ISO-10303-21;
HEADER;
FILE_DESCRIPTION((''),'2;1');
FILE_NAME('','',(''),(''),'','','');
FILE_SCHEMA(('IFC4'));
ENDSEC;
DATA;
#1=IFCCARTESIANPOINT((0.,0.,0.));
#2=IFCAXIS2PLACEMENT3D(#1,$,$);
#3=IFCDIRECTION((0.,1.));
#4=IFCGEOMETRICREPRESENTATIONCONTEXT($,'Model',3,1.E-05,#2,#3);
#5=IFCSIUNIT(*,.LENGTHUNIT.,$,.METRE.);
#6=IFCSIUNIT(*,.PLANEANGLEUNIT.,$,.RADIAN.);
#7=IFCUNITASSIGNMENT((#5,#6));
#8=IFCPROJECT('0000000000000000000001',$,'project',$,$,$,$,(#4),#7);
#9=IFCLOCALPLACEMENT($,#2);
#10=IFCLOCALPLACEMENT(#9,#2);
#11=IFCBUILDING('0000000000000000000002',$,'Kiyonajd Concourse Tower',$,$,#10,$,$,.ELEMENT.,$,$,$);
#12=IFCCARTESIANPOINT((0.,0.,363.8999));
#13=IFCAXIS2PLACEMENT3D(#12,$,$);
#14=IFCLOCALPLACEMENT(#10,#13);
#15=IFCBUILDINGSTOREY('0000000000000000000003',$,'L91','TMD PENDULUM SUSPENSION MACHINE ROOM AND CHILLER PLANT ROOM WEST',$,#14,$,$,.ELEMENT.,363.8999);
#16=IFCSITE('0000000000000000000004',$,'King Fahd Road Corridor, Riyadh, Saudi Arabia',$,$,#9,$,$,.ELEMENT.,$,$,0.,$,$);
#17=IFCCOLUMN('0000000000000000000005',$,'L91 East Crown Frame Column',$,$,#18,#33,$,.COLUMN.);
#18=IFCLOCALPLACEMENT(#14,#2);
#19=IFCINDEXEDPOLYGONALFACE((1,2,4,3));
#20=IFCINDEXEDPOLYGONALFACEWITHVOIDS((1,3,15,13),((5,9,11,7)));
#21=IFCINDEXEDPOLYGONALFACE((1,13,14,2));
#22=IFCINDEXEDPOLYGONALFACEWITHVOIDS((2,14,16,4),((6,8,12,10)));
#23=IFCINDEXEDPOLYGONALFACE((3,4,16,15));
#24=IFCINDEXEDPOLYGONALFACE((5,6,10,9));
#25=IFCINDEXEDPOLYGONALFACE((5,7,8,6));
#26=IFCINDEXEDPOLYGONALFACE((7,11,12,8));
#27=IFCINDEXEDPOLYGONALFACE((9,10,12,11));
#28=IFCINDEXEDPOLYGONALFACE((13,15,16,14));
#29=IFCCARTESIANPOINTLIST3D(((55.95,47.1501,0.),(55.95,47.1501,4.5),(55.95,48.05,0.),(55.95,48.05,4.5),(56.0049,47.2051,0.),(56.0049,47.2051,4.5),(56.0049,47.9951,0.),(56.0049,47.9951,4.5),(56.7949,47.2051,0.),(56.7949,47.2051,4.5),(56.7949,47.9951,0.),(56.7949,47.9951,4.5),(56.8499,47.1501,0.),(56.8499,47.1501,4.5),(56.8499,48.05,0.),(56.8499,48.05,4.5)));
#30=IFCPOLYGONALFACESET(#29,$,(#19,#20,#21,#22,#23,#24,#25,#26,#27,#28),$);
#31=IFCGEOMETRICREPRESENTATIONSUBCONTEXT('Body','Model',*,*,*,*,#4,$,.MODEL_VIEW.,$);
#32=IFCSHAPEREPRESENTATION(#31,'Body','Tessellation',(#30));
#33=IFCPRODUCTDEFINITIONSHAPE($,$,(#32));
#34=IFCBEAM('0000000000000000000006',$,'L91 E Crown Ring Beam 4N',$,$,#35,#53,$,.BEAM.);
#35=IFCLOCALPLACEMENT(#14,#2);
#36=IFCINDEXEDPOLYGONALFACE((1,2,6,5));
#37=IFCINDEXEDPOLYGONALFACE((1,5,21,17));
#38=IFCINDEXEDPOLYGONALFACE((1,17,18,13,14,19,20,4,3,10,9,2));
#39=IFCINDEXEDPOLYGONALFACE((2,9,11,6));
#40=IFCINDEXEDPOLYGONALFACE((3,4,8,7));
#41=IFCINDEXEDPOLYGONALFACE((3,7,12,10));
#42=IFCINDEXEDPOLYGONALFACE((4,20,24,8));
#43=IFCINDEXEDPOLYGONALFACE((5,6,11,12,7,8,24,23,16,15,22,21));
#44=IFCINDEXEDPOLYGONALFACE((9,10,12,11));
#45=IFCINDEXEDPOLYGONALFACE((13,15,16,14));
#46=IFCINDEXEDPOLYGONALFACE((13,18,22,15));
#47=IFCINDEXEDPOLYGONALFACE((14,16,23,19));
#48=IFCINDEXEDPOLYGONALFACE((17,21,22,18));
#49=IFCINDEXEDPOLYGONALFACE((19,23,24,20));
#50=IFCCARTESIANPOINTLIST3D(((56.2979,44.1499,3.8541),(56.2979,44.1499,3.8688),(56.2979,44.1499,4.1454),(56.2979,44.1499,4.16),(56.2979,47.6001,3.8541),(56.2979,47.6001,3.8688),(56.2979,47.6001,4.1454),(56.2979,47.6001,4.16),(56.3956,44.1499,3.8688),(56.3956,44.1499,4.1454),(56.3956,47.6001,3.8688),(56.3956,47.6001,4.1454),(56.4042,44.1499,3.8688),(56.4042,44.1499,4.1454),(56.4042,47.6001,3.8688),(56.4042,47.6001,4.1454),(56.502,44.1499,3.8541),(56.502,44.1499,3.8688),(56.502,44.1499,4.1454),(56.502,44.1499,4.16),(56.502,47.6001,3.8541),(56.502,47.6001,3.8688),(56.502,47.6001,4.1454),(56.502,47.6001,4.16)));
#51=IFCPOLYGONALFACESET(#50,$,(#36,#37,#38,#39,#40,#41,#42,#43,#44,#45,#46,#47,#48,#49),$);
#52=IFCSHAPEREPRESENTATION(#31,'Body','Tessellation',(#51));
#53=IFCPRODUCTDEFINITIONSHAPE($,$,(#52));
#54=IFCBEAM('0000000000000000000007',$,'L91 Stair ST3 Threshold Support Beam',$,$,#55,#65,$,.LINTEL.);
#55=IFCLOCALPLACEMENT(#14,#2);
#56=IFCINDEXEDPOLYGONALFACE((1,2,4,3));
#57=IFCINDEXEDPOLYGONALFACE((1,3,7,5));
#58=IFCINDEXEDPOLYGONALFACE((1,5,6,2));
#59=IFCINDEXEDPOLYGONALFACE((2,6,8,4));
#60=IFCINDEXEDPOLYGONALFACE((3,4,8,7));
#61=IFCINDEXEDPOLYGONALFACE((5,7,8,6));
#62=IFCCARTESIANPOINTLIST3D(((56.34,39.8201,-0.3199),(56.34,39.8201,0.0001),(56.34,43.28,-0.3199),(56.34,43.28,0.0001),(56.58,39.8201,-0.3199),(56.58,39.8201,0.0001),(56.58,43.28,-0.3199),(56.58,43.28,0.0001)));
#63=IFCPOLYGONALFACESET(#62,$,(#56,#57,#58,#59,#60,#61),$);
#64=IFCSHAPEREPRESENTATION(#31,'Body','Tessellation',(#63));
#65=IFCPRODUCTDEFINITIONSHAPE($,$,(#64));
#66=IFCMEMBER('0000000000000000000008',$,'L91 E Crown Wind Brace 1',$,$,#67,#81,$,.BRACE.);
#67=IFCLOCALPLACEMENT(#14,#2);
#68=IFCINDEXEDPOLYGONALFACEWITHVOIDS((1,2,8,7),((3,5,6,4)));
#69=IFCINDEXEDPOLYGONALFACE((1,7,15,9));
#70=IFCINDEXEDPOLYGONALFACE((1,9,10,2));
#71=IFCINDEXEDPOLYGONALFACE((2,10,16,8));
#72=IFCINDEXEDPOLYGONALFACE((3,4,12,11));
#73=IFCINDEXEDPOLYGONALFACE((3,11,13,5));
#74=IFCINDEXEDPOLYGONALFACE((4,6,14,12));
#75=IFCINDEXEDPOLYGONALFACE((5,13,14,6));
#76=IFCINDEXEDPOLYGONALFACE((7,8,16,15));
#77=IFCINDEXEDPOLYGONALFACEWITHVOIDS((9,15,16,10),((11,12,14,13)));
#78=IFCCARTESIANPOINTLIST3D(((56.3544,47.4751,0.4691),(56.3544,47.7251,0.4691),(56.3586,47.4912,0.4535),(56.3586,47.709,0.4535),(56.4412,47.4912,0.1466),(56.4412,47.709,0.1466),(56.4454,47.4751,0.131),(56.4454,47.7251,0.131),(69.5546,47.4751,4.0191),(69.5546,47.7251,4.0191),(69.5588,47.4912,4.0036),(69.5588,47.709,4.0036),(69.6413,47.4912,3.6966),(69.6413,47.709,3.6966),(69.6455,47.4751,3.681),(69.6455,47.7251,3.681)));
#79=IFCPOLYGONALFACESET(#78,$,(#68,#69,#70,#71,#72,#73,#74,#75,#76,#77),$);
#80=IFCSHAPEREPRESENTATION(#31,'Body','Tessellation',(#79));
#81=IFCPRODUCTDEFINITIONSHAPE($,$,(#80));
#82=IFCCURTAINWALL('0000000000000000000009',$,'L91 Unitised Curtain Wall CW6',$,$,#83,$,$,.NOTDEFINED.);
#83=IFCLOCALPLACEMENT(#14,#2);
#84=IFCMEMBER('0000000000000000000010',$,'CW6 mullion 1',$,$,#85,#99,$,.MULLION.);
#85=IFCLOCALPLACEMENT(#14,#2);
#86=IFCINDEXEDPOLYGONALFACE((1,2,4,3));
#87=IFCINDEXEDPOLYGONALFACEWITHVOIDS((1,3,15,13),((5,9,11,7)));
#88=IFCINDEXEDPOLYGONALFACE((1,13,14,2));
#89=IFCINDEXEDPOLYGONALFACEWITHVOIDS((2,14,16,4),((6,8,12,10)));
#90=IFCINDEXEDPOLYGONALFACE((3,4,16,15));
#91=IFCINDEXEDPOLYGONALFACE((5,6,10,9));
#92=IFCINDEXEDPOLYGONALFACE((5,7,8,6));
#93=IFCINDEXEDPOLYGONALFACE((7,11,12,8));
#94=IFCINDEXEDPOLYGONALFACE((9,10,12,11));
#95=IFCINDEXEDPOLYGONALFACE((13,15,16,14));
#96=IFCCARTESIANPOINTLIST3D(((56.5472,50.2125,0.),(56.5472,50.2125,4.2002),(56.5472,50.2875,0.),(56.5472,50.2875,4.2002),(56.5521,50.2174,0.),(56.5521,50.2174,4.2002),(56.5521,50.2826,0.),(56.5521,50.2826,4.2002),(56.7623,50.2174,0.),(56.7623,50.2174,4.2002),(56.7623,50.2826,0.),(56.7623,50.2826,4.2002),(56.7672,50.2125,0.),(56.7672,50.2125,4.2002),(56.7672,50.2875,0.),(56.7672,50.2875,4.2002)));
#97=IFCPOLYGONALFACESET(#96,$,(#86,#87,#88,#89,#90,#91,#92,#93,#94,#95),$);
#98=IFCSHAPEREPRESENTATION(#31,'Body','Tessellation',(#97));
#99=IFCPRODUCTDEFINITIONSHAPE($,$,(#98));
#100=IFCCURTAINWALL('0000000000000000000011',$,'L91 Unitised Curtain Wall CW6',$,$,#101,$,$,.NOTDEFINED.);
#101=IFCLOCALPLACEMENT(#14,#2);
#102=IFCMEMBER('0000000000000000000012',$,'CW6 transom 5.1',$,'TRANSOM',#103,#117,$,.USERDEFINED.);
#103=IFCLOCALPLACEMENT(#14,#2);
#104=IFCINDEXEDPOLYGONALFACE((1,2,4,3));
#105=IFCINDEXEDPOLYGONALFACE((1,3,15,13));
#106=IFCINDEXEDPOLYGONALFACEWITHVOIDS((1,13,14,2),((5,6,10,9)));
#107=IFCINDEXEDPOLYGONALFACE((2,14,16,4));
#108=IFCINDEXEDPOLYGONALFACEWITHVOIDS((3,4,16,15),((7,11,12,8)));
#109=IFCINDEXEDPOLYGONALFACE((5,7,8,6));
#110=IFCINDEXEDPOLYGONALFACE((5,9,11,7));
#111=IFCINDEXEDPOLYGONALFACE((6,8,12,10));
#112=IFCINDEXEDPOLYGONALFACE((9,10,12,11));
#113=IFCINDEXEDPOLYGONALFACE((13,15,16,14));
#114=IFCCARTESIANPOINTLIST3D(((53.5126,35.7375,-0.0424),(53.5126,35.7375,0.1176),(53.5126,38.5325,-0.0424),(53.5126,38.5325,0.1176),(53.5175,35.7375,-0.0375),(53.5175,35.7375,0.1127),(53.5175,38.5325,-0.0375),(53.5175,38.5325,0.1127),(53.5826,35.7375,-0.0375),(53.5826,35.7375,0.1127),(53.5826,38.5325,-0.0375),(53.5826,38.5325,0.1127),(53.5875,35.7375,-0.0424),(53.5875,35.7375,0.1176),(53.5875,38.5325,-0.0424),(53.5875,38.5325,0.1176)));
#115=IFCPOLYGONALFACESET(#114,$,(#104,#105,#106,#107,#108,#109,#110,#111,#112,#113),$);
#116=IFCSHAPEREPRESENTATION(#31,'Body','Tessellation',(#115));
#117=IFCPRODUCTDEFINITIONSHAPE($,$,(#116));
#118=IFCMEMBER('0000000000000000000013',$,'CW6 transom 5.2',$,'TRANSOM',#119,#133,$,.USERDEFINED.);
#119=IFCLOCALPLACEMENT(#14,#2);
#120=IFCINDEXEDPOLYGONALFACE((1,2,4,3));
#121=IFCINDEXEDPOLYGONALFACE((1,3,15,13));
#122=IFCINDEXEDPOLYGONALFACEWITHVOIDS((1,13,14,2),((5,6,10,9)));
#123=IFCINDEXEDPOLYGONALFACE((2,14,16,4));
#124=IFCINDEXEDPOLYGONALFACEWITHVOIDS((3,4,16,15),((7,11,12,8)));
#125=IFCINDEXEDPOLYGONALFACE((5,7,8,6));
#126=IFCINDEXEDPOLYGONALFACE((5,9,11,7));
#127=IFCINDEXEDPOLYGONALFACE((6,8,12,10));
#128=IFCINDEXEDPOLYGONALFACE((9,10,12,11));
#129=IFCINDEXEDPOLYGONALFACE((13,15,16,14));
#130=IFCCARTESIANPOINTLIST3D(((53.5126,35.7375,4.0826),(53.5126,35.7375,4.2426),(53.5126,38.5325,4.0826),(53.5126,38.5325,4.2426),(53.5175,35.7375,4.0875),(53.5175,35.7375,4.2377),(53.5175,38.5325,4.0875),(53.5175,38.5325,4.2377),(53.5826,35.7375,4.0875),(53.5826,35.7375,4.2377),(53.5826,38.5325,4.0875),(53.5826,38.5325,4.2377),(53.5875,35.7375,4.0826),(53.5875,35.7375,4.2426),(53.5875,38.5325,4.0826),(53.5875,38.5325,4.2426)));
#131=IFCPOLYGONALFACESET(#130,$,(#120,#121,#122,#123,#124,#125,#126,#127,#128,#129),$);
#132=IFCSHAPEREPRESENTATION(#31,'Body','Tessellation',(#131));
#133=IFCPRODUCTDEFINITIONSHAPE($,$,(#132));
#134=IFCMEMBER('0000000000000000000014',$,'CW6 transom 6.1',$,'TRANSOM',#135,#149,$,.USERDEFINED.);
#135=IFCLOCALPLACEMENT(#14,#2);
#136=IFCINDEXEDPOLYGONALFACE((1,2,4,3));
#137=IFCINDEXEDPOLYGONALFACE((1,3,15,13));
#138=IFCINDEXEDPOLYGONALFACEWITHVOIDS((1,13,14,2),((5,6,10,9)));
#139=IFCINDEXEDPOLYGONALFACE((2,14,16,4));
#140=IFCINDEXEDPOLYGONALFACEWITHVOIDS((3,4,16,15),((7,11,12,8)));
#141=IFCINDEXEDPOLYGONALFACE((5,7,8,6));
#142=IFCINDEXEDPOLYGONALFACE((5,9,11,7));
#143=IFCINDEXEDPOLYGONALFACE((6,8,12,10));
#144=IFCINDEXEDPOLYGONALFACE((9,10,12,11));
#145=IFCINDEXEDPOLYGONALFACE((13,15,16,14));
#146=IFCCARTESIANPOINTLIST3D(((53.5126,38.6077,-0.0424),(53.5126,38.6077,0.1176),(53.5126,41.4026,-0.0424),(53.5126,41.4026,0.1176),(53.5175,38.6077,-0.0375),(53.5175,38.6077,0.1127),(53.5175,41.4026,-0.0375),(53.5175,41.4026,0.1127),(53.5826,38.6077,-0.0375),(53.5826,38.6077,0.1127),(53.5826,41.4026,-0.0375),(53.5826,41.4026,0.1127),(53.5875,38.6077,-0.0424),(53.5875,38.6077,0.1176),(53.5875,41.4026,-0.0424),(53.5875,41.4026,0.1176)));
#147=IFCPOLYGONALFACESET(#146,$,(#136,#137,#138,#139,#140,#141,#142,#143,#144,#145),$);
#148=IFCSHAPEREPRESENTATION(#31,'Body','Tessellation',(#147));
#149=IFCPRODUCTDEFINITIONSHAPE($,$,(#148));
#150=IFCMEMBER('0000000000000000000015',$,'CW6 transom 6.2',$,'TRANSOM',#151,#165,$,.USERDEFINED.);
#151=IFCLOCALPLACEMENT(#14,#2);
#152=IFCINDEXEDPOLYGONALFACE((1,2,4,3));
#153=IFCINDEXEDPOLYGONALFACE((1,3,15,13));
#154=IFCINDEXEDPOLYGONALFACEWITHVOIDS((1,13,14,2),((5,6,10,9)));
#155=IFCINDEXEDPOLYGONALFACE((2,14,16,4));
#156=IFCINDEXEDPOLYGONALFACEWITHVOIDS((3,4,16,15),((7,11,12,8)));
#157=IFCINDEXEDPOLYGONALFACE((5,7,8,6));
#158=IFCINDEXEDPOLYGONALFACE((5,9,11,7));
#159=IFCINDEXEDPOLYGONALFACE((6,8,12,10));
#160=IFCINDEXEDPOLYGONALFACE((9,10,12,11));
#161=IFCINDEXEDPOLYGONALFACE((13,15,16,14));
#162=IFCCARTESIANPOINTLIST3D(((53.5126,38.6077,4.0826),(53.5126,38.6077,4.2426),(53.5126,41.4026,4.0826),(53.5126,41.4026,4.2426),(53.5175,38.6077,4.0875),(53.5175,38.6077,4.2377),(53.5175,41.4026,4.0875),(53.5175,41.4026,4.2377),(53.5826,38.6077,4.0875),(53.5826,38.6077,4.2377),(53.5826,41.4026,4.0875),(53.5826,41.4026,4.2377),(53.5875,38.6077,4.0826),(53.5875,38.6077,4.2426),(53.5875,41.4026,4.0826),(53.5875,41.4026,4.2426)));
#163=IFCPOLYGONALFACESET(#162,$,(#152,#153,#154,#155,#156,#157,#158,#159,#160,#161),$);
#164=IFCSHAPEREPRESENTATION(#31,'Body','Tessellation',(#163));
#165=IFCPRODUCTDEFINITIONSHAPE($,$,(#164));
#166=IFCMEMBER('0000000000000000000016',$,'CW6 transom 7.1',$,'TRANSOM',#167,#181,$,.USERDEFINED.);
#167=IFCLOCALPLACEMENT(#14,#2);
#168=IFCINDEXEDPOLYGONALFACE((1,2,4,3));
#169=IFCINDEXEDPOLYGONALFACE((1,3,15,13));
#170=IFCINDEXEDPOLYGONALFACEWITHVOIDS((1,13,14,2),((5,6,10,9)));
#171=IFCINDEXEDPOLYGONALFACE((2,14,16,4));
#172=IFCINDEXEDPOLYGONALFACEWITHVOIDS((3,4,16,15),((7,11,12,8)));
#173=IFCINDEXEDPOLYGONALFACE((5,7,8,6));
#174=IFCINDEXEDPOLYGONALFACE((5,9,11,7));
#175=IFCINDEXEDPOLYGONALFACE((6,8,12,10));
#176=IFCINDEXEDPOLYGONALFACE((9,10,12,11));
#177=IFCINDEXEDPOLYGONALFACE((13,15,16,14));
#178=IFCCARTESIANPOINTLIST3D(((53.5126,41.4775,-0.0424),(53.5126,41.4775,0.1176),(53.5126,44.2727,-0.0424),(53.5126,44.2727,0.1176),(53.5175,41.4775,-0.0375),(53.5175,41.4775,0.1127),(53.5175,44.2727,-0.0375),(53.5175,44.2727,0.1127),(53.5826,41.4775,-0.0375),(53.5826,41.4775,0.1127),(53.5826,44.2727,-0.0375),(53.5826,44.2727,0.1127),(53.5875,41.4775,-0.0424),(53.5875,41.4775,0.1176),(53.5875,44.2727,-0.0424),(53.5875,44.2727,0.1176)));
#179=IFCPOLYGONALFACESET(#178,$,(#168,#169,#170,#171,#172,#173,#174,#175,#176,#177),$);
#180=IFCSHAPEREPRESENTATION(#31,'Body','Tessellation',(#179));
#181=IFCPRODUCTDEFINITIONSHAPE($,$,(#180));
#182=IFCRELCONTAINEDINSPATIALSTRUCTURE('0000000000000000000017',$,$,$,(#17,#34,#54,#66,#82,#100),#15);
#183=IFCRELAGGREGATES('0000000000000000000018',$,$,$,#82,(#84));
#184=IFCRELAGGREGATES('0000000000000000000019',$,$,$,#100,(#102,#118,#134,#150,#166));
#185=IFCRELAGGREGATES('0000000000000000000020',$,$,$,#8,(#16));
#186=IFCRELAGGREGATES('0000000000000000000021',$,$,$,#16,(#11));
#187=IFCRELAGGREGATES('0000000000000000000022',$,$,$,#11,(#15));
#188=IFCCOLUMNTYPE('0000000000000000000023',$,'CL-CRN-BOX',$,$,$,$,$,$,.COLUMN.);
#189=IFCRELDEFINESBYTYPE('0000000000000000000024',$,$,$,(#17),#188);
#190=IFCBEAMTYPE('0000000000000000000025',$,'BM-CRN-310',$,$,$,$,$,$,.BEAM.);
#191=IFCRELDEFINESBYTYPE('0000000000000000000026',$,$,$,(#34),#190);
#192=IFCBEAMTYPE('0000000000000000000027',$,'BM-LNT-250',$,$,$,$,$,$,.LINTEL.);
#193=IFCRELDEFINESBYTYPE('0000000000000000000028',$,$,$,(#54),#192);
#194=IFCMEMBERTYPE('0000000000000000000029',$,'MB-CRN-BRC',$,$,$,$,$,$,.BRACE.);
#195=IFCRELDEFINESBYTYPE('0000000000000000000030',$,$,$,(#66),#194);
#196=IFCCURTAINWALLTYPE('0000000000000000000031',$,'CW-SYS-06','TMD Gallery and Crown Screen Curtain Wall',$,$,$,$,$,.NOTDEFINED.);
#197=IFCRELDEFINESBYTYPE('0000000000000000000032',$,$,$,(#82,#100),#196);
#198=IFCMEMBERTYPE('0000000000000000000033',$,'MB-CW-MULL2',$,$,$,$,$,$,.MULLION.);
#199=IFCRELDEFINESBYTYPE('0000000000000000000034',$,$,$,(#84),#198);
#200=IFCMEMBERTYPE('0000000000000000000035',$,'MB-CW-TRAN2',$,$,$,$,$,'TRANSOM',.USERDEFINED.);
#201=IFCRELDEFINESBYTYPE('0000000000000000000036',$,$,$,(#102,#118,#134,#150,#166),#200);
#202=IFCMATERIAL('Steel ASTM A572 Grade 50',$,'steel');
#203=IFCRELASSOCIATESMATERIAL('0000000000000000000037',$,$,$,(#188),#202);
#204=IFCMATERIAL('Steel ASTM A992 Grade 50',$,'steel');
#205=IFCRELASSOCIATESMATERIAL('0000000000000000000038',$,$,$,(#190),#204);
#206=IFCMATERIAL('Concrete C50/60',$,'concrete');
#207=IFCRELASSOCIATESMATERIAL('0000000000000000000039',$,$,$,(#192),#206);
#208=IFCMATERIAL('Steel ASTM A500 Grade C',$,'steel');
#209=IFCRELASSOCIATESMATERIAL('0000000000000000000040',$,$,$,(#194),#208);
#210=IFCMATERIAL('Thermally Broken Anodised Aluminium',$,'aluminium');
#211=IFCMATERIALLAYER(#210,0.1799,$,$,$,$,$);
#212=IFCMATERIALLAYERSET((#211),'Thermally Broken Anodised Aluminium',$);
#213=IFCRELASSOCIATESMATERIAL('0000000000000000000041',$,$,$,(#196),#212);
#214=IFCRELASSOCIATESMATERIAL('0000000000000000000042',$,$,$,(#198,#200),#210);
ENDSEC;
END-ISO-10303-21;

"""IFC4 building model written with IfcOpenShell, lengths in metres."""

from ifc_helpers import new_model, si_unit, direction, frame, origin, origin_2d, place, context, subcontext, project, spatial, rectangle, hollow_rectangle, i_section, extrude, material, layer, layer_set, material_profile, profile_set, type_object, element, aggregate, save


model = new_model("IFC4")

# Units and contexts
model_context = context("Model", 3, precision=1e-05, world=origin(), true_north=direction((0.0, 1.0)))
body_context = subcontext(model_context, "Body", "Model", "MODEL_VIEW")
ifc_project = project(units=[si_unit("LENGTHUNIT", "METRE"), si_unit("PLANEANGLEUNIT", "RADIAN")], contexts=[model_context])

# Site, building, storey
site_placement = place(None, origin())
site = spatial("IfcSite", under=ifc_project, at=site_placement, Name="King Fahd Road Corridor, Riyadh, Saudi Arabia", CompositionType="ELEMENT", RefElevation=0.0)
building_placement = place(site_placement, origin())
building = spatial("IfcBuilding", under=site, at=building_placement, Name="Kiyonajd Concourse Tower", CompositionType="ELEMENT")
storey_placement = place(building_placement, frame((0.0, 0.0, 363.8999)))
storey = spatial("IfcBuildingStorey", under=building, at=storey_placement, Name="L91", Description="TMD PENDULUM SUSPENSION MACHINE ROOM AND CHILLER PLANT ROOM WEST", CompositionType="ELEMENT", Elevation=363.8999)

# Column
ifc_material_1 = material(Name="Steel ASTM A572 Grade 50", Category="steel")
ifc_material_profile_1 = material_profile(ifc_material_1, hollow_rectangle(XDim=0.8999, YDim=0.8999, WallThickness=0.0549, at=origin_2d()), Name="BOX-900x900x55")
ifc_profile_set_1 = profile_set([ifc_material_profile_1], Name="Steel ASTM A572 Grade 50")
column_type = type_object("IfcColumnType", Name="CL-CRN-BOX", PredefinedType="COLUMN", material=ifc_profile_set_1)
column_placement = place(storey_placement, frame((56.3999, 47.6001, 0.0), z_axis=(0.0, 0.0, 1.0), x_axis=(1.0, 0.0, 0.0)))
element("IfcColumn", 1, at=column_placement, inside=storey, type_object=column_type, Name="L91 East Crown Frame Column", PredefinedType="COLUMN", context=body_context, shape_type="SweptSolid", body=[
    extrude(hollow_rectangle(XDim=0.8999, YDim=0.8999, WallThickness=0.0549, at=origin_2d()), origin(), (0.0, 0.0, 1.0), 4.5),
])

# Beams
ifc_material_2 = material(Name="Steel ASTM A992 Grade 50", Category="steel")
ifc_material_profile_2 = material_profile(ifc_material_2, i_section(OverallWidth=0.2041, OverallDepth=0.3059, WebThickness=0.0085, FlangeThickness=0.0146, at=origin_2d()), Name="W310X67")
ifc_profile_set_2 = profile_set([ifc_material_profile_2], Name="Steel ASTM A992 Grade 50")
beam_type_1 = type_object("IfcBeamType", Name="BM-CRN-310", PredefinedType="BEAM", material=ifc_profile_set_2)
beam_1_placement = place(storey_placement, frame((56.3999, 44.1499, 4.0071), z_axis=(0.0, 1.0, 0.0), x_axis=(-1.0, 0.0, 0.0)))
element("IfcBeam", 2, at=beam_1_placement, inside=storey, type_object=beam_type_1, Name="L91 E Crown Ring Beam 4N", PredefinedType="BEAM", context=body_context, shape_type="SweptSolid", body=[
    extrude(i_section(OverallWidth=0.2041, OverallDepth=0.3059, WebThickness=0.0085, FlangeThickness=0.0146, at=origin_2d()), origin(), (0.0, 0.0, 1.0), 3.4502),
])
ifc_material_3 = material(Name="Concrete C50/60", Category="concrete")
ifc_material_profile_3 = material_profile(ifc_material_3, rectangle(XDim=0.24, YDim=0.3201, at=origin_2d()), Name="RCBM-240x320")
ifc_profile_set_3 = profile_set([ifc_material_profile_3], Name="Concrete C50/60")
beam_type_2 = type_object("IfcBeamType", Name="BM-LNT-250", PredefinedType="LINTEL", material=ifc_profile_set_3)
beam_2_placement = place(storey_placement, frame((56.46, 39.8201, -0.1599), z_axis=(0.0, 1.0, 0.0), x_axis=(-1.0, 0.0, 0.0)))
element("IfcBeam", 3, at=beam_2_placement, inside=storey, type_object=beam_type_2, Name="L91 Stair ST3 Threshold Support Beam", PredefinedType="LINTEL", context=body_context, shape_type="SweptSolid", body=[
    extrude(rectangle(XDim=0.24, YDim=0.3201, at=origin_2d()), origin(), (0.0, 0.0, 1.0), 3.46),
])

# Member
ifc_material_4 = material(Name="Steel ASTM A500 Grade C", Category="steel")
ifc_material_profile_4 = material_profile(ifc_material_4, hollow_rectangle(XDim=0.25, YDim=0.3501, WallThickness=0.0161, at=origin_2d()), Name="HSS-350x250x16")
ifc_profile_set_4 = profile_set([ifc_material_profile_4], Name="Steel ASTM A500 Grade C")
member_type_1 = type_object("IfcMemberType", Name="MB-CRN-BRC", PredefinedType="BRACE", material=ifc_profile_set_4)
member_1_placement = place(storey_placement, frame((56.3999, 47.6001, 0.3), z_axis=(0.965686, 0.0, 0.259711), x_axis=(0.0, 1.0, 0.0)))
element("IfcMember", 4, at=member_1_placement, inside=storey, type_object=member_type_1, Name="L91 E Crown Wind Brace 1", PredefinedType="BRACE", context=body_context, shape_type="SweptSolid", body=[
    extrude(hollow_rectangle(XDim=0.25, YDim=0.3501, WallThickness=0.0161, at=origin_2d()), origin(), (0.0, 0.0, 1.0), 13.6692),
])

# Curtain wall, member
ifc_material_5 = material(Name="Thermally Broken Anodised Aluminium", Category="aluminium")
ifc_layer_1 = layer(ifc_material_5, 0.1799)
ifc_layer_set_1 = layer_set([ifc_layer_1], Name="Thermally Broken Anodised Aluminium")
curtain_wall_type = type_object("IfcCurtainWallType", Name="CW-SYS-06", Description="TMD Gallery and Crown Screen Curtain Wall", PredefinedType="NOTDEFINED", material=ifc_layer_set_1)
curtain_wall_1_placement = place(storey_placement, origin())
curtain_wall_1 = element("IfcCurtainWall", 5, at=curtain_wall_1_placement, inside=storey, type_object=curtain_wall_type, Name="L91 Unitised Curtain Wall CW6", PredefinedType="NOTDEFINED")
ifc_material_profile_5 = material_profile(ifc_material_5, hollow_rectangle(XDim=0.075, YDim=0.22, WallThickness=0.0049, at=origin_2d()), Name="MULL-75x220")
ifc_profile_set_5 = profile_set([ifc_material_profile_5], Name="Thermally Broken Anodised Aluminium")
member_type_2 = type_object("IfcMemberType", Name="MB-CW-MULL2", PredefinedType="MULLION", material=ifc_profile_set_5)
member_2_placement = place(storey_placement, frame((56.6572, 50.25, 0.0), z_axis=(0.0, 0.0, 1.0), x_axis=(0.0, 1.0, 0.0)))
member_2 = element("IfcMember", 6, at=member_2_placement, type_object=member_type_2, Name="CW6 mullion 1", PredefinedType="MULLION", context=body_context, shape_type="SweptSolid", body=[
    extrude(hollow_rectangle(XDim=0.075, YDim=0.22, WallThickness=0.0049, at=origin_2d()), origin(), (0.0, 0.0, 1.0), 4.2002),
])

# Curtain wall, members
curtain_wall_2_placement = place(storey_placement, origin())
curtain_wall_2 = element("IfcCurtainWall", 7, at=curtain_wall_2_placement, inside=storey, type_object=curtain_wall_type, Name="L91 Unitised Curtain Wall CW6", PredefinedType="NOTDEFINED")
ifc_material_profile_6 = material_profile(ifc_material_5, hollow_rectangle(XDim=0.075, YDim=0.1599, WallThickness=0.0049, at=origin_2d()), Name="TRAN-75x160")
ifc_profile_set_6 = profile_set([ifc_material_profile_6], Name="Thermally Broken Anodised Aluminium")
member_type_3 = type_object("IfcMemberType", Name="MB-CW-TRAN2", ElementType="TRANSOM", PredefinedType="USERDEFINED", material=ifc_profile_set_6)
member_3_placement = place(storey_placement, frame((53.55, 35.7375, 0.0376), z_axis=(0.0, 1.0, 0.0), x_axis=(-1.0, 0.0, 0.0)))
member_3 = element("IfcMember", 8, at=member_3_placement, type_object=member_type_3, Name="CW6 transom 5.1", ObjectType="TRANSOM", PredefinedType="USERDEFINED", context=body_context, shape_type="SweptSolid", body=[
    extrude(hollow_rectangle(XDim=0.075, YDim=0.1599, WallThickness=0.0049, at=origin_2d()), origin(), (0.0, 0.0, 1.0), 2.7949),
])
member_4_placement = place(storey_placement, frame((53.55, 35.7375, 4.1626), z_axis=(0.0, 1.0, 0.0), x_axis=(-1.0, 0.0, 0.0)))
member_4 = element("IfcMember", 9, at=member_4_placement, type_object=member_type_3, Name="CW6 transom 5.2", ObjectType="TRANSOM", PredefinedType="USERDEFINED", context=body_context, shape_type="SweptSolid", body=[
    extrude(hollow_rectangle(XDim=0.075, YDim=0.1599, WallThickness=0.0049, at=origin_2d()), origin(), (0.0, 0.0, 1.0), 2.7949),
])
member_5_placement = place(storey_placement, frame((53.55, 38.6077, 0.0376), z_axis=(0.0, 1.0, 0.0), x_axis=(-1.0, 0.0, 0.0)))
member_5 = element("IfcMember", 10, at=member_5_placement, type_object=member_type_3, Name="CW6 transom 6.1", ObjectType="TRANSOM", PredefinedType="USERDEFINED", context=body_context, shape_type="SweptSolid", body=[
    extrude(hollow_rectangle(XDim=0.075, YDim=0.1599, WallThickness=0.0049, at=origin_2d()), origin(), (0.0, 0.0, 1.0), 2.7949),
])
member_6_placement = place(storey_placement, frame((53.55, 38.6077, 4.1626), z_axis=(0.0, 1.0, 0.0), x_axis=(-1.0, 0.0, 0.0)))
member_6 = element("IfcMember", 11, at=member_6_placement, type_object=member_type_3, Name="CW6 transom 6.2", ObjectType="TRANSOM", PredefinedType="USERDEFINED", context=body_context, shape_type="SweptSolid", body=[
    extrude(hollow_rectangle(XDim=0.075, YDim=0.1599, WallThickness=0.0049, at=origin_2d()), origin(), (0.0, 0.0, 1.0), 2.7949),
])
member_7_placement = place(storey_placement, frame((53.55, 41.4775, 0.0376), z_axis=(0.0, 1.0, 0.0), x_axis=(-1.0, 0.0, 0.0)))
member_7 = element("IfcMember", 12, at=member_7_placement, type_object=member_type_3, Name="CW6 transom 7.1", ObjectType="TRANSOM", PredefinedType="USERDEFINED", context=body_context, shape_type="SweptSolid", body=[
    extrude(hollow_rectangle(XDim=0.075, YDim=0.1599, WallThickness=0.0049, at=origin_2d()), origin(), (0.0, 0.0, 1.0), 2.7952),
])

aggregate(curtain_wall_1, [member_2])

aggregate(curtain_wall_2, [member_3, member_4, member_5, member_6, member_7])

save(model, "model.ifc")
